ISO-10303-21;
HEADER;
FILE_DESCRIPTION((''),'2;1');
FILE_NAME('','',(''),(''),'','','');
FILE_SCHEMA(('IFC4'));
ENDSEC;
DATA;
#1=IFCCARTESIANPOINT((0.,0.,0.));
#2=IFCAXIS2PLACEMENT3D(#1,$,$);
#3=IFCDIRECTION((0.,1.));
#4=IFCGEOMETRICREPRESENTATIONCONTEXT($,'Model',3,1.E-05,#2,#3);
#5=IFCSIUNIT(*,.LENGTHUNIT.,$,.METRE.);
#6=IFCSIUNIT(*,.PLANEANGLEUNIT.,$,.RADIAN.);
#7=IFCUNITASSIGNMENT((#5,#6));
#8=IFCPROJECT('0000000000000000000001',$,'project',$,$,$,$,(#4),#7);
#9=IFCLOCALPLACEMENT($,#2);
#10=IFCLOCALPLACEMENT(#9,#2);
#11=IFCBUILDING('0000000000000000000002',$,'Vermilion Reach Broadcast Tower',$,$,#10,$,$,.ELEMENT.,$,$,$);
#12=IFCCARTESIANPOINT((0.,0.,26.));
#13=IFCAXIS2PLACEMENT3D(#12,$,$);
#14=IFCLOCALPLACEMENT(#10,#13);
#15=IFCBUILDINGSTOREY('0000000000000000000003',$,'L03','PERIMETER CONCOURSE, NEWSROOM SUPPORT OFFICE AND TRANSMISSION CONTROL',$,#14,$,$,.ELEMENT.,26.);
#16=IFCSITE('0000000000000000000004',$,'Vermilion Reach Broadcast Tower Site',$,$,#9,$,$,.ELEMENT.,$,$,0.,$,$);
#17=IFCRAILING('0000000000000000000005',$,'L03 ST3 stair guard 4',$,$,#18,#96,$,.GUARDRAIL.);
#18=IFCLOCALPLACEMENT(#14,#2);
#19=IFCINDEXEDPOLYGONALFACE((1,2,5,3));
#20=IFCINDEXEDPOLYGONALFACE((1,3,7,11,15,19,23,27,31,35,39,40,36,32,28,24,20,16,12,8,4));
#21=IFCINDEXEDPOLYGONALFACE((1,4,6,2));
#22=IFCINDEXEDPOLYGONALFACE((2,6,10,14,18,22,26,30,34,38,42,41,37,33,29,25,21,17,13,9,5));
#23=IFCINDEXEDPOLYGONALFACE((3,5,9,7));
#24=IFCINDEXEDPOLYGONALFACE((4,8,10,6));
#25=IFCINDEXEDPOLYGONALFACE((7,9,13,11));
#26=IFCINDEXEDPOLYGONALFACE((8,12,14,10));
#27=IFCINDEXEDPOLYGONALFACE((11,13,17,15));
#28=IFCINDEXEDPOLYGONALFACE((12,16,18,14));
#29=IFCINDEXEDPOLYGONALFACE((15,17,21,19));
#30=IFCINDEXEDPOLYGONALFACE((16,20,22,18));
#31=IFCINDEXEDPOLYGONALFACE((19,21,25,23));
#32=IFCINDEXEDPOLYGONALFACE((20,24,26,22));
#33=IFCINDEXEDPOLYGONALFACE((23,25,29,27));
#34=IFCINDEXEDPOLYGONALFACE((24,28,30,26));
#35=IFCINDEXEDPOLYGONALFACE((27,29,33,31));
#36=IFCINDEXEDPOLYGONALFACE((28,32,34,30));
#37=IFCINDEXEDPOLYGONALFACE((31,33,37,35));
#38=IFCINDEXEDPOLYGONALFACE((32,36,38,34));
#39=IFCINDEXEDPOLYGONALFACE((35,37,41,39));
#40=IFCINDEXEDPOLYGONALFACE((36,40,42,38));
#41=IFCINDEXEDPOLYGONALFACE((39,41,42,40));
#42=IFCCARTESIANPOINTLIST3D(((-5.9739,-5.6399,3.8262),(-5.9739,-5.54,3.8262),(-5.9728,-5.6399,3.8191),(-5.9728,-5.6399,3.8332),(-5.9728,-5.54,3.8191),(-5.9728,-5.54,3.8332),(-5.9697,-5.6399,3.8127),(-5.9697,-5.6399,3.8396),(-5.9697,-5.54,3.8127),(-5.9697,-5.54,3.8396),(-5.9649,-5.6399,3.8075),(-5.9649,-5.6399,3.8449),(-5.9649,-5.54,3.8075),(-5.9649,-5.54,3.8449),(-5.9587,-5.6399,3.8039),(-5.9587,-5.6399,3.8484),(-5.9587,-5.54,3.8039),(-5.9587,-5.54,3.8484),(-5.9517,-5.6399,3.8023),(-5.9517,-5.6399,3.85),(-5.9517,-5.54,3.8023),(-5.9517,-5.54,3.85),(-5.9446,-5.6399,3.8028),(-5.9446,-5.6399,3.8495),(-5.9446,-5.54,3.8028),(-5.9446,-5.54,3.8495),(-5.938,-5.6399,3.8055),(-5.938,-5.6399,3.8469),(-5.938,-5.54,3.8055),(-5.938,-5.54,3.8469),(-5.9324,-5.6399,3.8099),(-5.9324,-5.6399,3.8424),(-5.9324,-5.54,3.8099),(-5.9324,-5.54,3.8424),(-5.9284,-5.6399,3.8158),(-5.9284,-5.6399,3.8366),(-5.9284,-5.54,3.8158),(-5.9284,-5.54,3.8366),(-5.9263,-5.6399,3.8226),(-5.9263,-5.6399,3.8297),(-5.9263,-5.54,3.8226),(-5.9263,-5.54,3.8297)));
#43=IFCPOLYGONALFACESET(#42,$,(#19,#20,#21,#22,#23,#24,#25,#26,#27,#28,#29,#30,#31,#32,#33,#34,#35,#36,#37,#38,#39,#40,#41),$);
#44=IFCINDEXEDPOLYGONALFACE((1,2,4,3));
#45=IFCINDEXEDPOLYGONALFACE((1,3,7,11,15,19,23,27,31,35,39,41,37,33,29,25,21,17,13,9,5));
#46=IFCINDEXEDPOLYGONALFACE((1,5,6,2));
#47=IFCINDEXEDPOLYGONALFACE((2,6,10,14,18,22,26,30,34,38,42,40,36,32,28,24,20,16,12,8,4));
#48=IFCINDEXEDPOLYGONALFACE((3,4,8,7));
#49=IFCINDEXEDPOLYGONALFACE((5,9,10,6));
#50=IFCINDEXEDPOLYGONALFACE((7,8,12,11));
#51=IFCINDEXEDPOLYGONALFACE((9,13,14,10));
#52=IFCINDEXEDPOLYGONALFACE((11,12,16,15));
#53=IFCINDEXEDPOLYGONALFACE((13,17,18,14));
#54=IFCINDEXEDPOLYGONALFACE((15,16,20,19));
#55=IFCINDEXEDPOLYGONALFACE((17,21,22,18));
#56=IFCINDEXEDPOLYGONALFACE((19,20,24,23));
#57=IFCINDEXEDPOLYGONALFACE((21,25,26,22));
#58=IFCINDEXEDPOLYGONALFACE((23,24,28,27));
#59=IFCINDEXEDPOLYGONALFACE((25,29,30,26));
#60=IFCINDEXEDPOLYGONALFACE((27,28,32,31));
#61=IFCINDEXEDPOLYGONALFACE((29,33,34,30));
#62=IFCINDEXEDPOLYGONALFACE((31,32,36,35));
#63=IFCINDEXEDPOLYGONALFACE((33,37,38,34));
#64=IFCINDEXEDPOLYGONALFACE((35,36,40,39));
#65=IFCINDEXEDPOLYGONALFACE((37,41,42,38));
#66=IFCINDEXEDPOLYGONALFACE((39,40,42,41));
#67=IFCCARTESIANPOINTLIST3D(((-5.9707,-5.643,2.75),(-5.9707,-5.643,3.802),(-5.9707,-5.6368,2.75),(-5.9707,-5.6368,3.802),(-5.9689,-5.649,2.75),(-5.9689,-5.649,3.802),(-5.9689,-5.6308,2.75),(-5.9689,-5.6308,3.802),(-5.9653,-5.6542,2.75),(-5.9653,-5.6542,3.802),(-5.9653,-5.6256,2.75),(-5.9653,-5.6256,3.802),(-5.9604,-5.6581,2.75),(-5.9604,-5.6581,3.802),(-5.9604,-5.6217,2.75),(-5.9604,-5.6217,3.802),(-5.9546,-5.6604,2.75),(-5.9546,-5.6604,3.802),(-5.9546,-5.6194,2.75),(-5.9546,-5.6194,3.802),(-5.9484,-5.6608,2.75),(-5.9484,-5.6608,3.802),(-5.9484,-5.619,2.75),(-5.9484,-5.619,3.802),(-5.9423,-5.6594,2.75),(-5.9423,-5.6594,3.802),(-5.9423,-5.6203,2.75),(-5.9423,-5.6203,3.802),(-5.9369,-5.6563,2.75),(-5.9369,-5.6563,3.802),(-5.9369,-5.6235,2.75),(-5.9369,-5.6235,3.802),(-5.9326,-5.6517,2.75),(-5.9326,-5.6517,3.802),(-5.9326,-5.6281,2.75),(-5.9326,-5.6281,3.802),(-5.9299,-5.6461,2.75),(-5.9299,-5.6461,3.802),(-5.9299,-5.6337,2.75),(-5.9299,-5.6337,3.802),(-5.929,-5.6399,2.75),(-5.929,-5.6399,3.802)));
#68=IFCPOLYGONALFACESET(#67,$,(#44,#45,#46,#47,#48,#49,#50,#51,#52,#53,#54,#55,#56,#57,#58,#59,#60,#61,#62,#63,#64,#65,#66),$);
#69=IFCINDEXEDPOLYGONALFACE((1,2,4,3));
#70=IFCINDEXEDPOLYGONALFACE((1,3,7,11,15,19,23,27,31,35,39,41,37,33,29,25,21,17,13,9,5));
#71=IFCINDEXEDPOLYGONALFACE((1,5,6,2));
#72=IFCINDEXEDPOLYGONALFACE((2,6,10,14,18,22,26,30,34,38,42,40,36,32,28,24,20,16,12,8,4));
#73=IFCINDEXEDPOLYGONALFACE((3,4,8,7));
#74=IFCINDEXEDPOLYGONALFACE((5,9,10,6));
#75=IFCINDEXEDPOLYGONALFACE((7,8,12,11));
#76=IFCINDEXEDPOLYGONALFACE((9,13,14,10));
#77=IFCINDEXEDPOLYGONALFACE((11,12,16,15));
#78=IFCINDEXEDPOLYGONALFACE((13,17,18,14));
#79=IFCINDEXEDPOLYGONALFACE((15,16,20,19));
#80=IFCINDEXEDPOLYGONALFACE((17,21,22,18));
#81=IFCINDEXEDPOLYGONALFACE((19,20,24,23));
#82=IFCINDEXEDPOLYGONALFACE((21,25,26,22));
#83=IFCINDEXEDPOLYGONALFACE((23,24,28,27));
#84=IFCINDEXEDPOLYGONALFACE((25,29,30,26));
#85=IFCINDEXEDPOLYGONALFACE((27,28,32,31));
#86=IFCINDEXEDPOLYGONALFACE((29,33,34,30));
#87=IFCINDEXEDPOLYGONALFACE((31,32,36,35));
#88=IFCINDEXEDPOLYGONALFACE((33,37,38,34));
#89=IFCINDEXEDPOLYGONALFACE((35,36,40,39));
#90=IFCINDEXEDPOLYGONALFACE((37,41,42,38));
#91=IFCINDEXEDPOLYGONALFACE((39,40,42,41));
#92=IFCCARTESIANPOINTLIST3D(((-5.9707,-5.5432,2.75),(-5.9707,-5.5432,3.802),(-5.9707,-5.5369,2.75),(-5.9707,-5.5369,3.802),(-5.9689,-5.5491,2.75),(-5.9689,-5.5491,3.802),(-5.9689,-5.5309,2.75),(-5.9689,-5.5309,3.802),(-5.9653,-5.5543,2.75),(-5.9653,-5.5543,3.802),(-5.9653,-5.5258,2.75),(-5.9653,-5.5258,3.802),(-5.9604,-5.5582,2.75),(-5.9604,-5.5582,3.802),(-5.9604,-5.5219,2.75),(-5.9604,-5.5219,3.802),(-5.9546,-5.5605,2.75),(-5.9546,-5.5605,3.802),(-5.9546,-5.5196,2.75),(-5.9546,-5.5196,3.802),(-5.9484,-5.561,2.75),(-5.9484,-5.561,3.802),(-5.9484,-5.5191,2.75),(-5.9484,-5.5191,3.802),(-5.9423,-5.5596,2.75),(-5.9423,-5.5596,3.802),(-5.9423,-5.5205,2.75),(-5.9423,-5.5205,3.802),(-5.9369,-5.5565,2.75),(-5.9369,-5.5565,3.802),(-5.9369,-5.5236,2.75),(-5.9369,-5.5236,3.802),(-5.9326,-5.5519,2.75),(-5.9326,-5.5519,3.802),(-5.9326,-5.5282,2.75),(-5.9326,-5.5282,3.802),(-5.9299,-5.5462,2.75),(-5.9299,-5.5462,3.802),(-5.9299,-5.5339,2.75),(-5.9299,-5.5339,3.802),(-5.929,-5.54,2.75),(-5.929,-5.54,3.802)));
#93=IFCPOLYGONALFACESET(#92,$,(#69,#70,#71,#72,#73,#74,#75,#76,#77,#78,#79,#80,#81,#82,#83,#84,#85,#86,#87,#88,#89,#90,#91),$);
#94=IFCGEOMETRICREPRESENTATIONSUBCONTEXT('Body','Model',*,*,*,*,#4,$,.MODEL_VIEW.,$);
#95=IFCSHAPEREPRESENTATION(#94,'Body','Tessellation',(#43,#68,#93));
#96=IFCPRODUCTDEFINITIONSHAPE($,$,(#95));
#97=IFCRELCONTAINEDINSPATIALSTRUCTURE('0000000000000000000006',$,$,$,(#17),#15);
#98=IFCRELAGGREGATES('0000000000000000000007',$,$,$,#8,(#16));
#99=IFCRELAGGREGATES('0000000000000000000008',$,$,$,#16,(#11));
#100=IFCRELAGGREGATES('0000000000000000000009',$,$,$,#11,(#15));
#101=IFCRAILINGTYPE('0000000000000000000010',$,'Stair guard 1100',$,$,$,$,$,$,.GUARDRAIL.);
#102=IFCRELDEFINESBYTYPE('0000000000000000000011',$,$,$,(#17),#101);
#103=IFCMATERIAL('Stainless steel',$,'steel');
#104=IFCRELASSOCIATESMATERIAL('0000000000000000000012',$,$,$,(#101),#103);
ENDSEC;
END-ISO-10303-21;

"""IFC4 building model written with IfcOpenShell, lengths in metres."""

from ifc_helpers import new_model, si_unit, direction, frame, origin, origin_2d, place, context, subcontext, project, spatial, circle, extrude, material, type_object, element, save


model = new_model("IFC4")

# Units and contexts
model_context = context("Model", 3, precision=1e-05, world=origin(), true_north=direction((0.0, 1.0)))
body_context = subcontext(model_context, "Body", "Model", "MODEL_VIEW")
ifc_project = project(units=[si_unit("LENGTHUNIT", "METRE"), si_unit("PLANEANGLEUNIT", "RADIAN")], contexts=[model_context])

# Site, building, storey
site_placement = place(None, origin())
site = spatial("IfcSite", under=ifc_project, at=site_placement, Name="Vermilion Reach Broadcast Tower Site", CompositionType="ELEMENT", RefElevation=0.0)
building_placement = place(site_placement, origin())
building = spatial("IfcBuilding", under=site, at=building_placement, Name="Vermilion Reach Broadcast Tower", CompositionType="ELEMENT")
storey_placement = place(building_placement, frame((0.0, 0.0, 26.0)))
storey = spatial("IfcBuildingStorey", under=building, at=storey_placement, Name="L03", Description="PERIMETER CONCOURSE, NEWSROOM SUPPORT OFFICE AND TRANSMISSION CONTROL", CompositionType="ELEMENT", Elevation=26.0)

# Railing
ifc_material_1 = material(Name="Stainless steel", Category="steel")
railing_type_1 = type_object("IfcRailingType", Name="Stair guard 1100", PredefinedType="GUARDRAIL", material=ifc_material_1)
railing_1_placement = place(storey_placement, frame((-5.95, -5.6399, 2.75)))
element("IfcRailing", 1, at=railing_1_placement, inside=storey, type_object=railing_type_1, Name="L03 ST3 stair guard 4", PredefinedType="GUARDRAIL", context=body_context, shape_type="SweptSolid", body=[
    extrude(circle(Radius=0.0239, at=origin_2d()), frame((0.0, 0.0, 1.0762), z_axis=(0.0, 1.0, 0.0), x_axis=(-1.0, 0.0, 0.0)), (0.0, 0.0, 1.0), 0.0999),
    extrude(circle(Radius=0.021, at=origin_2d()), origin(), (0.0, 0.0, 1.0), 1.052),
    extrude(circle(Radius=0.021, at=origin_2d()), frame((0.0, 0.0999, 0.0)), (0.0, 0.0, 1.0), 1.052),
])

save(model, "model.ifc")
